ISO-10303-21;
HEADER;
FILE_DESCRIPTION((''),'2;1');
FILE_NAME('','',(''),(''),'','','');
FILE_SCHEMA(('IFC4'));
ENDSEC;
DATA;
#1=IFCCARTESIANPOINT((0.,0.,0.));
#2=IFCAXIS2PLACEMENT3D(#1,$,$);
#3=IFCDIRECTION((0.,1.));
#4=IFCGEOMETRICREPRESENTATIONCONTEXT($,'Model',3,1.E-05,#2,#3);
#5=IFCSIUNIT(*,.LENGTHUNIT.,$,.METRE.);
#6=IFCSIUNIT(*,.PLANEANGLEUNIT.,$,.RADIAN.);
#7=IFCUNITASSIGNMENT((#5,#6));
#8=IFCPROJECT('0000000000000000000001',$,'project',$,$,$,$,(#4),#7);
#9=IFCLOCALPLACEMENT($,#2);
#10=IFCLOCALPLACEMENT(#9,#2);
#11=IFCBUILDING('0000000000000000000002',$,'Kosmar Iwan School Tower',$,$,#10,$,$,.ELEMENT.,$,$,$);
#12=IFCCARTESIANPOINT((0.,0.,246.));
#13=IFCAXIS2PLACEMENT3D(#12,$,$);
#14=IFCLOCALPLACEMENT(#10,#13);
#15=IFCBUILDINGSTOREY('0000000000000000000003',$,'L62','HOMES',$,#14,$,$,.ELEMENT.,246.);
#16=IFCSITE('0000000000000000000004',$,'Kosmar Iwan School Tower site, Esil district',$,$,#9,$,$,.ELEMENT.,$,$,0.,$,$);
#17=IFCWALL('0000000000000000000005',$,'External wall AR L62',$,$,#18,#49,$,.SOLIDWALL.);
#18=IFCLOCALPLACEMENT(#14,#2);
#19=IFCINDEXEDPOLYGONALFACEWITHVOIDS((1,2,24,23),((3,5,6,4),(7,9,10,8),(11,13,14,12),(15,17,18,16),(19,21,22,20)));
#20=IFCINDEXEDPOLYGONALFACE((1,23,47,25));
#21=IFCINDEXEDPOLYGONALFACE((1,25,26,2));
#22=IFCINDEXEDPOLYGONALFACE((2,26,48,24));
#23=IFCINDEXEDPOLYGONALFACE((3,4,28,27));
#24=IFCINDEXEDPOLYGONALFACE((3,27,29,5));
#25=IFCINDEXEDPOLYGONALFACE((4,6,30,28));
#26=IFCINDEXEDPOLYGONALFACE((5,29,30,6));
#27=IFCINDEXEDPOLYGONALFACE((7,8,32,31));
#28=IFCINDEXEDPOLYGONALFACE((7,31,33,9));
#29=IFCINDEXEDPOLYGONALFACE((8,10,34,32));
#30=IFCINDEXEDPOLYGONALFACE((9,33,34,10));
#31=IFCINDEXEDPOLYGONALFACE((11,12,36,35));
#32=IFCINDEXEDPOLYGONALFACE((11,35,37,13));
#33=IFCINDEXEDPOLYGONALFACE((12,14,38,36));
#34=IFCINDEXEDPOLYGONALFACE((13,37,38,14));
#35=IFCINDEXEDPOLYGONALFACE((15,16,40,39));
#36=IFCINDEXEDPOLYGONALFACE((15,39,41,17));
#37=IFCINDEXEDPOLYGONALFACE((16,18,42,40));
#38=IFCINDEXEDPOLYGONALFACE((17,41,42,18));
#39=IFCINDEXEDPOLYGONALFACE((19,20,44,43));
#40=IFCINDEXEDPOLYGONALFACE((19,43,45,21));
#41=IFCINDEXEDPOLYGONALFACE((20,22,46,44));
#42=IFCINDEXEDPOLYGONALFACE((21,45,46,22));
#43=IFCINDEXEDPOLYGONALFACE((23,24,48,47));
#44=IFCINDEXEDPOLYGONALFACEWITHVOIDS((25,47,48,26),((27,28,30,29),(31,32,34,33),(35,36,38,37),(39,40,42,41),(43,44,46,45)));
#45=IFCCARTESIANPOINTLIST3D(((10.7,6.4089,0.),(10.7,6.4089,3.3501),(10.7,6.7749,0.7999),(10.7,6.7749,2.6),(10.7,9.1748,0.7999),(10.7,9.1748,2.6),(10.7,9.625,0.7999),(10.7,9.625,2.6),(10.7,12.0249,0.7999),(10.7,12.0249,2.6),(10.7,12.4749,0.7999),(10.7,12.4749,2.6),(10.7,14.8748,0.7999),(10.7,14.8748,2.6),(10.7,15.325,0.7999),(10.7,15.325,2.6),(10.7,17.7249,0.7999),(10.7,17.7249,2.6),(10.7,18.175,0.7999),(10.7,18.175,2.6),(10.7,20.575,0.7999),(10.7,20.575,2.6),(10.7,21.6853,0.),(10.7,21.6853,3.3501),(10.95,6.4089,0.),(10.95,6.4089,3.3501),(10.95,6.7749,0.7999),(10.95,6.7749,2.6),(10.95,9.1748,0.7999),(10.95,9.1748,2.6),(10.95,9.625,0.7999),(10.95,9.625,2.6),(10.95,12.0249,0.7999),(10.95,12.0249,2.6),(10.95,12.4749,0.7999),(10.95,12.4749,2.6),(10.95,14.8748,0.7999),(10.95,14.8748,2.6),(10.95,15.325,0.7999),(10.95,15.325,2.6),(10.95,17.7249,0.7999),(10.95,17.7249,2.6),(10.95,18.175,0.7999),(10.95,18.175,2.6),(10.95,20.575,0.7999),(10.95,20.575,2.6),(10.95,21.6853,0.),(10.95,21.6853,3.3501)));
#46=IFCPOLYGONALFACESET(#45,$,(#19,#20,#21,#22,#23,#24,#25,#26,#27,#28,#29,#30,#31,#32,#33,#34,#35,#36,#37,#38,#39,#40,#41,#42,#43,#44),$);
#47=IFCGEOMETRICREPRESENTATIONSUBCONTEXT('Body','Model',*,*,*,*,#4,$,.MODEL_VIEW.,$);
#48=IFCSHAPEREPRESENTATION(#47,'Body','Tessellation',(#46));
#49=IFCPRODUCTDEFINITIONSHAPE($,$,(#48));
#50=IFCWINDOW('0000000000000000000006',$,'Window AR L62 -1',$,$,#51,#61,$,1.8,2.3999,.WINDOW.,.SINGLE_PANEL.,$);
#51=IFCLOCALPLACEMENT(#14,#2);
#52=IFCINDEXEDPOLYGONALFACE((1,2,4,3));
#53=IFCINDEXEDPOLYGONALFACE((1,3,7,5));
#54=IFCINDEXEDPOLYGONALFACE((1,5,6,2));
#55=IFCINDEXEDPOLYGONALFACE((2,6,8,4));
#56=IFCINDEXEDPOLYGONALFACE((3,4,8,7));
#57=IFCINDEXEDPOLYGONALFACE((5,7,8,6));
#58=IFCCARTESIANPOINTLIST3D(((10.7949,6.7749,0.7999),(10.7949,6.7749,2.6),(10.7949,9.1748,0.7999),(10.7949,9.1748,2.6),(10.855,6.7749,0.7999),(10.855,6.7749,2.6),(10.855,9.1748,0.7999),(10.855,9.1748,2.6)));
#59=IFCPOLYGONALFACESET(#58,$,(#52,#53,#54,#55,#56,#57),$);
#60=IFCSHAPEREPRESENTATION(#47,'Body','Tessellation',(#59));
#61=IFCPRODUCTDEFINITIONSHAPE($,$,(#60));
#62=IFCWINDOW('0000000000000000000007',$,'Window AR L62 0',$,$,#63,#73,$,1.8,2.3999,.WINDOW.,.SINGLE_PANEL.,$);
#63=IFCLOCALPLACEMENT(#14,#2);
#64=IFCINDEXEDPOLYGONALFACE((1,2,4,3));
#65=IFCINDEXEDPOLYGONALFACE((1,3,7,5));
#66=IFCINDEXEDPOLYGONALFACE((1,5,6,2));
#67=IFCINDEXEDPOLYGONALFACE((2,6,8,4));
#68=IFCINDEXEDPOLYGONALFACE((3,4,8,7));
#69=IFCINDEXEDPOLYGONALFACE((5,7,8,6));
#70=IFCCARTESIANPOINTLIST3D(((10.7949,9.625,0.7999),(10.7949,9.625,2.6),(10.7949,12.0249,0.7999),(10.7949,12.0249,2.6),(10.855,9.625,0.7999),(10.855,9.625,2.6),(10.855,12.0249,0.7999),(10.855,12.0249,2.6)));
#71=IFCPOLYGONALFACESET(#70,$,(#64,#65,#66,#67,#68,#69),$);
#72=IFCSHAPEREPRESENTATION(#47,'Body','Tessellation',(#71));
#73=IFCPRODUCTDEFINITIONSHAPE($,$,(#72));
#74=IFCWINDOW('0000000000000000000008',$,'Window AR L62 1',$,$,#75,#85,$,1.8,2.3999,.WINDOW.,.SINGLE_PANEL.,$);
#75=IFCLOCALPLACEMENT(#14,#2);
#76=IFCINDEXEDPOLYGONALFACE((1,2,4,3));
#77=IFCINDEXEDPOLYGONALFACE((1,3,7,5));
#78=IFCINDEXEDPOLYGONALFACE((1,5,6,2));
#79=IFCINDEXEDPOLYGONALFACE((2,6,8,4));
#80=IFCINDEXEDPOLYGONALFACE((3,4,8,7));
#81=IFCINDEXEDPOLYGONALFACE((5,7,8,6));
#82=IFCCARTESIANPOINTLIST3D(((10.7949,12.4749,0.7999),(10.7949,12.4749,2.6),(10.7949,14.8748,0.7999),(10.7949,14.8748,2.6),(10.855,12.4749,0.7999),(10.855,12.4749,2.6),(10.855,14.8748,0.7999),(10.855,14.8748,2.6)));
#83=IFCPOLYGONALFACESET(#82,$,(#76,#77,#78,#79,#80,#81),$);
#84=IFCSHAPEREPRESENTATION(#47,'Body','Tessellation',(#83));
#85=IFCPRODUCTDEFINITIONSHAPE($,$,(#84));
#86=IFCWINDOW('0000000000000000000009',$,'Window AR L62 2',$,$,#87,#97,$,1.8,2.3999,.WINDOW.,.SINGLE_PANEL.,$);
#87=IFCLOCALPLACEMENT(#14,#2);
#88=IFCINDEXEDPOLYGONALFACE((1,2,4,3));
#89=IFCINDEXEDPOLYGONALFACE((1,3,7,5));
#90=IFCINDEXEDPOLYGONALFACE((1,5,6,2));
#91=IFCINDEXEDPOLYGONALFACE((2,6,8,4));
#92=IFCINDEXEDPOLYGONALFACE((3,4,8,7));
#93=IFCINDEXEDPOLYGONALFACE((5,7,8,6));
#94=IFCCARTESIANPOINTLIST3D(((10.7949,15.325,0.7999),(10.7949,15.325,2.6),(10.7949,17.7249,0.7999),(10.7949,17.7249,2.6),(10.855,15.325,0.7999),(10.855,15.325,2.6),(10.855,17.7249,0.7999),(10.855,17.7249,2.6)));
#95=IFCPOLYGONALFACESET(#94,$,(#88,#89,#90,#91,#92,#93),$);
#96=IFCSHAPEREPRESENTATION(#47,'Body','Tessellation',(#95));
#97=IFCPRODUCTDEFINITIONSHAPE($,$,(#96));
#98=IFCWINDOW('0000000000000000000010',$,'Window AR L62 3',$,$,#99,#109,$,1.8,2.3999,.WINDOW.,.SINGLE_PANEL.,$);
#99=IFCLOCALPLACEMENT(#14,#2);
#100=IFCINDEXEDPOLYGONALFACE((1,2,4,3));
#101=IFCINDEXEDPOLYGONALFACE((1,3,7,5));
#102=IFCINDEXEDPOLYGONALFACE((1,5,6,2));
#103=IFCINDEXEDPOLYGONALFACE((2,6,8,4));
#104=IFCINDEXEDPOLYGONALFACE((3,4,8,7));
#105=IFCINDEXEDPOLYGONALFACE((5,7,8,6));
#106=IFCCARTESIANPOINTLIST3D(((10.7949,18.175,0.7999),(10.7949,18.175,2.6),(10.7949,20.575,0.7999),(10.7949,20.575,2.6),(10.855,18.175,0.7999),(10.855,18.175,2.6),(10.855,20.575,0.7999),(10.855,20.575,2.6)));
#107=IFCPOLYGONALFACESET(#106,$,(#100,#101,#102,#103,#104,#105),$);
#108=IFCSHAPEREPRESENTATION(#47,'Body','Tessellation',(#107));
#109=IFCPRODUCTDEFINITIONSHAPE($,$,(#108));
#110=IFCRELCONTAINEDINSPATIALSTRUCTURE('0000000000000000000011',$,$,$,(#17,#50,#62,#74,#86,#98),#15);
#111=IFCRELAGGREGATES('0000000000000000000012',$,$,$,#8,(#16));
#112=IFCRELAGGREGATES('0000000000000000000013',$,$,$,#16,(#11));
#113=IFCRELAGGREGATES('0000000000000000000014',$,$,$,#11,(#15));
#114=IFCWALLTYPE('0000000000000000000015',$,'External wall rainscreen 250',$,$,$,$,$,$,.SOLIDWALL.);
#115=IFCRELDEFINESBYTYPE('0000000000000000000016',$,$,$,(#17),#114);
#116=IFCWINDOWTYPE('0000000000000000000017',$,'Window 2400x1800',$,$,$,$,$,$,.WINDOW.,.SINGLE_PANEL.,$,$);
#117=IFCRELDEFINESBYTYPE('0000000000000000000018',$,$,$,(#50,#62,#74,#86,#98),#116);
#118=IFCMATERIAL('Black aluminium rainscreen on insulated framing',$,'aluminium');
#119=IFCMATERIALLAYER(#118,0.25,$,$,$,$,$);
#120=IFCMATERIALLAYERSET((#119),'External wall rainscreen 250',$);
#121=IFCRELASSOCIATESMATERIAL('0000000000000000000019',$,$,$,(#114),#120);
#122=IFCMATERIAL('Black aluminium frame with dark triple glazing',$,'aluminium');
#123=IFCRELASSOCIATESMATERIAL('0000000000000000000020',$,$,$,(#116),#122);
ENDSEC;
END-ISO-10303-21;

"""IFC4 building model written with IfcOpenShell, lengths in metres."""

from ifc_helpers import new_model, si_unit, direction, frame, frame_2d, origin, place, context, subcontext, project, spatial, rectangle, extrude, material, layer, layer_set, type_object, element, fill, save


model = new_model("IFC4")

# Units and contexts
model_context = context("Model", 3, precision=1e-05, world=origin(), true_north=direction((0.0, 1.0)))
body_context = subcontext(model_context, "Body", "Model", "MODEL_VIEW")
ifc_project = project(units=[si_unit("LENGTHUNIT", "METRE"), si_unit("PLANEANGLEUNIT", "RADIAN")], contexts=[model_context])

# Site, building, storey
site_placement = place(None, origin())
site = spatial("IfcSite", under=ifc_project, at=site_placement, Name="Kosmar Iwan School Tower site, Esil district", CompositionType="ELEMENT", RefElevation=0.0)
building_placement = place(site_placement, origin())
building = spatial("IfcBuilding", under=site, at=building_placement, Name="Kosmar Iwan School Tower", CompositionType="ELEMENT")
storey_placement = place(building_placement, frame((0.0, 0.0, 246.0)))
storey = spatial("IfcBuildingStorey", under=building, at=storey_placement, Name="L62", Description="HOMES", CompositionType="ELEMENT", Elevation=246.0)

# Wall, openings, windows
ifc_material_1 = material(Name="Black aluminium rainscreen on insulated framing", Category="aluminium")
ifc_layer_1 = layer(ifc_material_1, 0.25)
ifc_layer_set_1 = layer_set([ifc_layer_1], Name="External wall rainscreen 250")
wall_type_1 = type_object("IfcWallType", Name="External wall rainscreen 250", PredefinedType="SOLIDWALL", material=ifc_layer_set_1)
ifc_material_2 = material(Name="Black aluminium frame with dark triple glazing", Category="aluminium")
window_type = type_object("IfcWindowType", Name="Window 2400x1800", PartitioningType="SINGLE_PANEL", PredefinedType="WINDOW", material=ifc_material_2)
wall_1_placement = place(storey_placement, frame((10.825, 6.4089, 0.0), z_axis=(0.0, 0.0, 1.0), x_axis=(0.0, 1.0, 0.0)))
wall_1 = element("IfcWall", 1, at=wall_1_placement, inside=storey, type_object=wall_type_1, Name="External wall AR L62", PredefinedType="SOLIDWALL", context=body_context, shape_type="SweptSolid", body=[
    extrude(rectangle(XDim=15.2764, YDim=0.25, at=frame_2d((7.6382, 0.0))), origin(), (0.0, 0.0, 1.0), 3.3501),
])
opening_1_placement = place(wall_1_placement, frame((0.366, 0.0, 0.8)))
opening_1 = element("IfcOpeningElement", 2, at=opening_1_placement, cuts=wall_1, PredefinedType="OPENING", context=body_context, shape_type="SweptSolid", body=[
    extrude(rectangle(XDim=2.3999, YDim=1.8, at=frame_2d((1.2, 0.8999))), frame((0.0, 0.137, 0.0), z_axis=(0.0, -1.0, 0.0), x_axis=(1.0, 0.0, 0.0)), (0.0, 0.0, 1.0), 0.2739),
])
opening_2_placement = place(wall_1_placement, frame((3.2161, 0.0, 0.8)))
opening_2 = element("IfcOpeningElement", 3, at=opening_2_placement, cuts=wall_1, PredefinedType="OPENING", context=body_context, shape_type="SweptSolid", body=[
    extrude(rectangle(XDim=2.3999, YDim=1.8, at=frame_2d((1.2, 0.8999))), frame((0.0, 0.137, 0.0), z_axis=(0.0, -1.0, 0.0), x_axis=(1.0, 0.0, 0.0)), (0.0, 0.0, 1.0), 0.2739),
])
opening_3_placement = place(wall_1_placement, frame((6.0659, 0.0, 0.8)))
opening_3 = element("IfcOpeningElement", 4, at=opening_3_placement, cuts=wall_1, PredefinedType="OPENING", context=body_context, shape_type="SweptSolid", body=[
    extrude(rectangle(XDim=2.3999, YDim=1.8, at=frame_2d((1.2, 0.8999))), frame((0.0, 0.137, 0.0), z_axis=(0.0, -1.0, 0.0), x_axis=(1.0, 0.0, 0.0)), (0.0, 0.0, 1.0), 0.2739),
])
opening_4_placement = place(wall_1_placement, frame((8.916, 0.0, 0.8)))
opening_4 = element("IfcOpeningElement", 5, at=opening_4_placement, cuts=wall_1, PredefinedType="OPENING", context=body_context, shape_type="SweptSolid", body=[
    extrude(rectangle(XDim=2.3999, YDim=1.8, at=frame_2d((1.2, 0.8999))), frame((0.0, 0.137, 0.0), z_axis=(0.0, -1.0, 0.0), x_axis=(1.0, 0.0, 0.0)), (0.0, 0.0, 1.0), 0.2739),
])
opening_5_placement = place(wall_1_placement, frame((11.7661, 0.0, 0.8)))
opening_5 = element("IfcOpeningElement", 6, at=opening_5_placement, cuts=wall_1, PredefinedType="OPENING", context=body_context, shape_type="SweptSolid", body=[
    extrude(rectangle(XDim=2.3999, YDim=1.8, at=frame_2d((1.2, 0.8999))), frame((0.0, 0.137, 0.0), z_axis=(0.0, -1.0, 0.0), x_axis=(1.0, 0.0, 0.0)), (0.0, 0.0, 1.0), 0.2739),
])
window_1_placement = place(opening_1_placement, origin())
window_1 = element("IfcWindow", 7, at=window_1_placement, inside=storey, type_object=window_type, Name="Window AR L62 -1", OverallHeight=1.8, OverallWidth=2.3999, PartitioningType="SINGLE_PANEL", PredefinedType="WINDOW", context=body_context, shape_type="SweptSolid", body=[
    extrude(rectangle(XDim=2.3999, YDim=1.8, at=frame_2d((1.2, 0.8999))), frame((0.0, 0.03, 0.0), z_axis=(0.0, -1.0, 0.0), x_axis=(1.0, 0.0, 0.0)), (0.0, 0.0, 1.0), 0.0601),
])
fill(opening_1, window_1)
window_2_placement = place(opening_2_placement, origin())
window_2 = element("IfcWindow", 8, at=window_2_placement, inside=storey, type_object=window_type, Name="Window AR L62 0", OverallHeight=1.8, OverallWidth=2.3999, PartitioningType="SINGLE_PANEL", PredefinedType="WINDOW", context=body_context, shape_type="SweptSolid", body=[
    extrude(rectangle(XDim=2.3999, YDim=1.8, at=frame_2d((1.2, 0.8999))), frame((0.0, 0.03, 0.0), z_axis=(0.0, -1.0, 0.0), x_axis=(1.0, 0.0, 0.0)), (0.0, 0.0, 1.0), 0.0601),
])
fill(opening_2, window_2)
window_3_placement = place(opening_3_placement, origin())
window_3 = element("IfcWindow", 9, at=window_3_placement, inside=storey, type_object=window_type, Name="Window AR L62 1", OverallHeight=1.8, OverallWidth=2.3999, PartitioningType="SINGLE_PANEL", PredefinedType="WINDOW", context=body_context, shape_type="SweptSolid", body=[
    extrude(rectangle(XDim=2.3999, YDim=1.8, at=frame_2d((1.2, 0.8999))), frame((0.0, 0.03, 0.0), z_axis=(0.0, -1.0, 0.0), x_axis=(1.0, 0.0, 0.0)), (0.0, 0.0, 1.0), 0.0601),
])
fill(opening_3, window_3)
window_4_placement = place(opening_4_placement, origin())
window_4 = element("IfcWindow", 10, at=window_4_placement, inside=storey, type_object=window_type, Name="Window AR L62 2", OverallHeight=1.8, OverallWidth=2.3999, PartitioningType="SINGLE_PANEL", PredefinedType="WINDOW", context=body_context, shape_type="SweptSolid", body=[
    extrude(rectangle(XDim=2.3999, YDim=1.8, at=frame_2d((1.2, 0.8999))), frame((0.0, 0.03, 0.0), z_axis=(0.0, -1.0, 0.0), x_axis=(1.0, 0.0, 0.0)), (0.0, 0.0, 1.0), 0.0601),
])
fill(opening_4, window_4)
window_5_placement = place(opening_5_placement, origin())
window_5 = element("IfcWindow", 11, at=window_5_placement, inside=storey, type_object=window_type, Name="Window AR L62 3", OverallHeight=1.8, OverallWidth=2.3999, PartitioningType="SINGLE_PANEL", PredefinedType="WINDOW", context=body_context, shape_type="SweptSolid", body=[
    extrude(rectangle(XDim=2.3999, YDim=1.8, at=frame_2d((1.2, 0.8999))), frame((0.0, 0.03, 0.0), z_axis=(0.0, -1.0, 0.0), x_axis=(1.0, 0.0, 0.0)), (0.0, 0.0, 1.0), 0.0601),
])
fill(opening_5, window_5)

save(model, "model.ifc")
